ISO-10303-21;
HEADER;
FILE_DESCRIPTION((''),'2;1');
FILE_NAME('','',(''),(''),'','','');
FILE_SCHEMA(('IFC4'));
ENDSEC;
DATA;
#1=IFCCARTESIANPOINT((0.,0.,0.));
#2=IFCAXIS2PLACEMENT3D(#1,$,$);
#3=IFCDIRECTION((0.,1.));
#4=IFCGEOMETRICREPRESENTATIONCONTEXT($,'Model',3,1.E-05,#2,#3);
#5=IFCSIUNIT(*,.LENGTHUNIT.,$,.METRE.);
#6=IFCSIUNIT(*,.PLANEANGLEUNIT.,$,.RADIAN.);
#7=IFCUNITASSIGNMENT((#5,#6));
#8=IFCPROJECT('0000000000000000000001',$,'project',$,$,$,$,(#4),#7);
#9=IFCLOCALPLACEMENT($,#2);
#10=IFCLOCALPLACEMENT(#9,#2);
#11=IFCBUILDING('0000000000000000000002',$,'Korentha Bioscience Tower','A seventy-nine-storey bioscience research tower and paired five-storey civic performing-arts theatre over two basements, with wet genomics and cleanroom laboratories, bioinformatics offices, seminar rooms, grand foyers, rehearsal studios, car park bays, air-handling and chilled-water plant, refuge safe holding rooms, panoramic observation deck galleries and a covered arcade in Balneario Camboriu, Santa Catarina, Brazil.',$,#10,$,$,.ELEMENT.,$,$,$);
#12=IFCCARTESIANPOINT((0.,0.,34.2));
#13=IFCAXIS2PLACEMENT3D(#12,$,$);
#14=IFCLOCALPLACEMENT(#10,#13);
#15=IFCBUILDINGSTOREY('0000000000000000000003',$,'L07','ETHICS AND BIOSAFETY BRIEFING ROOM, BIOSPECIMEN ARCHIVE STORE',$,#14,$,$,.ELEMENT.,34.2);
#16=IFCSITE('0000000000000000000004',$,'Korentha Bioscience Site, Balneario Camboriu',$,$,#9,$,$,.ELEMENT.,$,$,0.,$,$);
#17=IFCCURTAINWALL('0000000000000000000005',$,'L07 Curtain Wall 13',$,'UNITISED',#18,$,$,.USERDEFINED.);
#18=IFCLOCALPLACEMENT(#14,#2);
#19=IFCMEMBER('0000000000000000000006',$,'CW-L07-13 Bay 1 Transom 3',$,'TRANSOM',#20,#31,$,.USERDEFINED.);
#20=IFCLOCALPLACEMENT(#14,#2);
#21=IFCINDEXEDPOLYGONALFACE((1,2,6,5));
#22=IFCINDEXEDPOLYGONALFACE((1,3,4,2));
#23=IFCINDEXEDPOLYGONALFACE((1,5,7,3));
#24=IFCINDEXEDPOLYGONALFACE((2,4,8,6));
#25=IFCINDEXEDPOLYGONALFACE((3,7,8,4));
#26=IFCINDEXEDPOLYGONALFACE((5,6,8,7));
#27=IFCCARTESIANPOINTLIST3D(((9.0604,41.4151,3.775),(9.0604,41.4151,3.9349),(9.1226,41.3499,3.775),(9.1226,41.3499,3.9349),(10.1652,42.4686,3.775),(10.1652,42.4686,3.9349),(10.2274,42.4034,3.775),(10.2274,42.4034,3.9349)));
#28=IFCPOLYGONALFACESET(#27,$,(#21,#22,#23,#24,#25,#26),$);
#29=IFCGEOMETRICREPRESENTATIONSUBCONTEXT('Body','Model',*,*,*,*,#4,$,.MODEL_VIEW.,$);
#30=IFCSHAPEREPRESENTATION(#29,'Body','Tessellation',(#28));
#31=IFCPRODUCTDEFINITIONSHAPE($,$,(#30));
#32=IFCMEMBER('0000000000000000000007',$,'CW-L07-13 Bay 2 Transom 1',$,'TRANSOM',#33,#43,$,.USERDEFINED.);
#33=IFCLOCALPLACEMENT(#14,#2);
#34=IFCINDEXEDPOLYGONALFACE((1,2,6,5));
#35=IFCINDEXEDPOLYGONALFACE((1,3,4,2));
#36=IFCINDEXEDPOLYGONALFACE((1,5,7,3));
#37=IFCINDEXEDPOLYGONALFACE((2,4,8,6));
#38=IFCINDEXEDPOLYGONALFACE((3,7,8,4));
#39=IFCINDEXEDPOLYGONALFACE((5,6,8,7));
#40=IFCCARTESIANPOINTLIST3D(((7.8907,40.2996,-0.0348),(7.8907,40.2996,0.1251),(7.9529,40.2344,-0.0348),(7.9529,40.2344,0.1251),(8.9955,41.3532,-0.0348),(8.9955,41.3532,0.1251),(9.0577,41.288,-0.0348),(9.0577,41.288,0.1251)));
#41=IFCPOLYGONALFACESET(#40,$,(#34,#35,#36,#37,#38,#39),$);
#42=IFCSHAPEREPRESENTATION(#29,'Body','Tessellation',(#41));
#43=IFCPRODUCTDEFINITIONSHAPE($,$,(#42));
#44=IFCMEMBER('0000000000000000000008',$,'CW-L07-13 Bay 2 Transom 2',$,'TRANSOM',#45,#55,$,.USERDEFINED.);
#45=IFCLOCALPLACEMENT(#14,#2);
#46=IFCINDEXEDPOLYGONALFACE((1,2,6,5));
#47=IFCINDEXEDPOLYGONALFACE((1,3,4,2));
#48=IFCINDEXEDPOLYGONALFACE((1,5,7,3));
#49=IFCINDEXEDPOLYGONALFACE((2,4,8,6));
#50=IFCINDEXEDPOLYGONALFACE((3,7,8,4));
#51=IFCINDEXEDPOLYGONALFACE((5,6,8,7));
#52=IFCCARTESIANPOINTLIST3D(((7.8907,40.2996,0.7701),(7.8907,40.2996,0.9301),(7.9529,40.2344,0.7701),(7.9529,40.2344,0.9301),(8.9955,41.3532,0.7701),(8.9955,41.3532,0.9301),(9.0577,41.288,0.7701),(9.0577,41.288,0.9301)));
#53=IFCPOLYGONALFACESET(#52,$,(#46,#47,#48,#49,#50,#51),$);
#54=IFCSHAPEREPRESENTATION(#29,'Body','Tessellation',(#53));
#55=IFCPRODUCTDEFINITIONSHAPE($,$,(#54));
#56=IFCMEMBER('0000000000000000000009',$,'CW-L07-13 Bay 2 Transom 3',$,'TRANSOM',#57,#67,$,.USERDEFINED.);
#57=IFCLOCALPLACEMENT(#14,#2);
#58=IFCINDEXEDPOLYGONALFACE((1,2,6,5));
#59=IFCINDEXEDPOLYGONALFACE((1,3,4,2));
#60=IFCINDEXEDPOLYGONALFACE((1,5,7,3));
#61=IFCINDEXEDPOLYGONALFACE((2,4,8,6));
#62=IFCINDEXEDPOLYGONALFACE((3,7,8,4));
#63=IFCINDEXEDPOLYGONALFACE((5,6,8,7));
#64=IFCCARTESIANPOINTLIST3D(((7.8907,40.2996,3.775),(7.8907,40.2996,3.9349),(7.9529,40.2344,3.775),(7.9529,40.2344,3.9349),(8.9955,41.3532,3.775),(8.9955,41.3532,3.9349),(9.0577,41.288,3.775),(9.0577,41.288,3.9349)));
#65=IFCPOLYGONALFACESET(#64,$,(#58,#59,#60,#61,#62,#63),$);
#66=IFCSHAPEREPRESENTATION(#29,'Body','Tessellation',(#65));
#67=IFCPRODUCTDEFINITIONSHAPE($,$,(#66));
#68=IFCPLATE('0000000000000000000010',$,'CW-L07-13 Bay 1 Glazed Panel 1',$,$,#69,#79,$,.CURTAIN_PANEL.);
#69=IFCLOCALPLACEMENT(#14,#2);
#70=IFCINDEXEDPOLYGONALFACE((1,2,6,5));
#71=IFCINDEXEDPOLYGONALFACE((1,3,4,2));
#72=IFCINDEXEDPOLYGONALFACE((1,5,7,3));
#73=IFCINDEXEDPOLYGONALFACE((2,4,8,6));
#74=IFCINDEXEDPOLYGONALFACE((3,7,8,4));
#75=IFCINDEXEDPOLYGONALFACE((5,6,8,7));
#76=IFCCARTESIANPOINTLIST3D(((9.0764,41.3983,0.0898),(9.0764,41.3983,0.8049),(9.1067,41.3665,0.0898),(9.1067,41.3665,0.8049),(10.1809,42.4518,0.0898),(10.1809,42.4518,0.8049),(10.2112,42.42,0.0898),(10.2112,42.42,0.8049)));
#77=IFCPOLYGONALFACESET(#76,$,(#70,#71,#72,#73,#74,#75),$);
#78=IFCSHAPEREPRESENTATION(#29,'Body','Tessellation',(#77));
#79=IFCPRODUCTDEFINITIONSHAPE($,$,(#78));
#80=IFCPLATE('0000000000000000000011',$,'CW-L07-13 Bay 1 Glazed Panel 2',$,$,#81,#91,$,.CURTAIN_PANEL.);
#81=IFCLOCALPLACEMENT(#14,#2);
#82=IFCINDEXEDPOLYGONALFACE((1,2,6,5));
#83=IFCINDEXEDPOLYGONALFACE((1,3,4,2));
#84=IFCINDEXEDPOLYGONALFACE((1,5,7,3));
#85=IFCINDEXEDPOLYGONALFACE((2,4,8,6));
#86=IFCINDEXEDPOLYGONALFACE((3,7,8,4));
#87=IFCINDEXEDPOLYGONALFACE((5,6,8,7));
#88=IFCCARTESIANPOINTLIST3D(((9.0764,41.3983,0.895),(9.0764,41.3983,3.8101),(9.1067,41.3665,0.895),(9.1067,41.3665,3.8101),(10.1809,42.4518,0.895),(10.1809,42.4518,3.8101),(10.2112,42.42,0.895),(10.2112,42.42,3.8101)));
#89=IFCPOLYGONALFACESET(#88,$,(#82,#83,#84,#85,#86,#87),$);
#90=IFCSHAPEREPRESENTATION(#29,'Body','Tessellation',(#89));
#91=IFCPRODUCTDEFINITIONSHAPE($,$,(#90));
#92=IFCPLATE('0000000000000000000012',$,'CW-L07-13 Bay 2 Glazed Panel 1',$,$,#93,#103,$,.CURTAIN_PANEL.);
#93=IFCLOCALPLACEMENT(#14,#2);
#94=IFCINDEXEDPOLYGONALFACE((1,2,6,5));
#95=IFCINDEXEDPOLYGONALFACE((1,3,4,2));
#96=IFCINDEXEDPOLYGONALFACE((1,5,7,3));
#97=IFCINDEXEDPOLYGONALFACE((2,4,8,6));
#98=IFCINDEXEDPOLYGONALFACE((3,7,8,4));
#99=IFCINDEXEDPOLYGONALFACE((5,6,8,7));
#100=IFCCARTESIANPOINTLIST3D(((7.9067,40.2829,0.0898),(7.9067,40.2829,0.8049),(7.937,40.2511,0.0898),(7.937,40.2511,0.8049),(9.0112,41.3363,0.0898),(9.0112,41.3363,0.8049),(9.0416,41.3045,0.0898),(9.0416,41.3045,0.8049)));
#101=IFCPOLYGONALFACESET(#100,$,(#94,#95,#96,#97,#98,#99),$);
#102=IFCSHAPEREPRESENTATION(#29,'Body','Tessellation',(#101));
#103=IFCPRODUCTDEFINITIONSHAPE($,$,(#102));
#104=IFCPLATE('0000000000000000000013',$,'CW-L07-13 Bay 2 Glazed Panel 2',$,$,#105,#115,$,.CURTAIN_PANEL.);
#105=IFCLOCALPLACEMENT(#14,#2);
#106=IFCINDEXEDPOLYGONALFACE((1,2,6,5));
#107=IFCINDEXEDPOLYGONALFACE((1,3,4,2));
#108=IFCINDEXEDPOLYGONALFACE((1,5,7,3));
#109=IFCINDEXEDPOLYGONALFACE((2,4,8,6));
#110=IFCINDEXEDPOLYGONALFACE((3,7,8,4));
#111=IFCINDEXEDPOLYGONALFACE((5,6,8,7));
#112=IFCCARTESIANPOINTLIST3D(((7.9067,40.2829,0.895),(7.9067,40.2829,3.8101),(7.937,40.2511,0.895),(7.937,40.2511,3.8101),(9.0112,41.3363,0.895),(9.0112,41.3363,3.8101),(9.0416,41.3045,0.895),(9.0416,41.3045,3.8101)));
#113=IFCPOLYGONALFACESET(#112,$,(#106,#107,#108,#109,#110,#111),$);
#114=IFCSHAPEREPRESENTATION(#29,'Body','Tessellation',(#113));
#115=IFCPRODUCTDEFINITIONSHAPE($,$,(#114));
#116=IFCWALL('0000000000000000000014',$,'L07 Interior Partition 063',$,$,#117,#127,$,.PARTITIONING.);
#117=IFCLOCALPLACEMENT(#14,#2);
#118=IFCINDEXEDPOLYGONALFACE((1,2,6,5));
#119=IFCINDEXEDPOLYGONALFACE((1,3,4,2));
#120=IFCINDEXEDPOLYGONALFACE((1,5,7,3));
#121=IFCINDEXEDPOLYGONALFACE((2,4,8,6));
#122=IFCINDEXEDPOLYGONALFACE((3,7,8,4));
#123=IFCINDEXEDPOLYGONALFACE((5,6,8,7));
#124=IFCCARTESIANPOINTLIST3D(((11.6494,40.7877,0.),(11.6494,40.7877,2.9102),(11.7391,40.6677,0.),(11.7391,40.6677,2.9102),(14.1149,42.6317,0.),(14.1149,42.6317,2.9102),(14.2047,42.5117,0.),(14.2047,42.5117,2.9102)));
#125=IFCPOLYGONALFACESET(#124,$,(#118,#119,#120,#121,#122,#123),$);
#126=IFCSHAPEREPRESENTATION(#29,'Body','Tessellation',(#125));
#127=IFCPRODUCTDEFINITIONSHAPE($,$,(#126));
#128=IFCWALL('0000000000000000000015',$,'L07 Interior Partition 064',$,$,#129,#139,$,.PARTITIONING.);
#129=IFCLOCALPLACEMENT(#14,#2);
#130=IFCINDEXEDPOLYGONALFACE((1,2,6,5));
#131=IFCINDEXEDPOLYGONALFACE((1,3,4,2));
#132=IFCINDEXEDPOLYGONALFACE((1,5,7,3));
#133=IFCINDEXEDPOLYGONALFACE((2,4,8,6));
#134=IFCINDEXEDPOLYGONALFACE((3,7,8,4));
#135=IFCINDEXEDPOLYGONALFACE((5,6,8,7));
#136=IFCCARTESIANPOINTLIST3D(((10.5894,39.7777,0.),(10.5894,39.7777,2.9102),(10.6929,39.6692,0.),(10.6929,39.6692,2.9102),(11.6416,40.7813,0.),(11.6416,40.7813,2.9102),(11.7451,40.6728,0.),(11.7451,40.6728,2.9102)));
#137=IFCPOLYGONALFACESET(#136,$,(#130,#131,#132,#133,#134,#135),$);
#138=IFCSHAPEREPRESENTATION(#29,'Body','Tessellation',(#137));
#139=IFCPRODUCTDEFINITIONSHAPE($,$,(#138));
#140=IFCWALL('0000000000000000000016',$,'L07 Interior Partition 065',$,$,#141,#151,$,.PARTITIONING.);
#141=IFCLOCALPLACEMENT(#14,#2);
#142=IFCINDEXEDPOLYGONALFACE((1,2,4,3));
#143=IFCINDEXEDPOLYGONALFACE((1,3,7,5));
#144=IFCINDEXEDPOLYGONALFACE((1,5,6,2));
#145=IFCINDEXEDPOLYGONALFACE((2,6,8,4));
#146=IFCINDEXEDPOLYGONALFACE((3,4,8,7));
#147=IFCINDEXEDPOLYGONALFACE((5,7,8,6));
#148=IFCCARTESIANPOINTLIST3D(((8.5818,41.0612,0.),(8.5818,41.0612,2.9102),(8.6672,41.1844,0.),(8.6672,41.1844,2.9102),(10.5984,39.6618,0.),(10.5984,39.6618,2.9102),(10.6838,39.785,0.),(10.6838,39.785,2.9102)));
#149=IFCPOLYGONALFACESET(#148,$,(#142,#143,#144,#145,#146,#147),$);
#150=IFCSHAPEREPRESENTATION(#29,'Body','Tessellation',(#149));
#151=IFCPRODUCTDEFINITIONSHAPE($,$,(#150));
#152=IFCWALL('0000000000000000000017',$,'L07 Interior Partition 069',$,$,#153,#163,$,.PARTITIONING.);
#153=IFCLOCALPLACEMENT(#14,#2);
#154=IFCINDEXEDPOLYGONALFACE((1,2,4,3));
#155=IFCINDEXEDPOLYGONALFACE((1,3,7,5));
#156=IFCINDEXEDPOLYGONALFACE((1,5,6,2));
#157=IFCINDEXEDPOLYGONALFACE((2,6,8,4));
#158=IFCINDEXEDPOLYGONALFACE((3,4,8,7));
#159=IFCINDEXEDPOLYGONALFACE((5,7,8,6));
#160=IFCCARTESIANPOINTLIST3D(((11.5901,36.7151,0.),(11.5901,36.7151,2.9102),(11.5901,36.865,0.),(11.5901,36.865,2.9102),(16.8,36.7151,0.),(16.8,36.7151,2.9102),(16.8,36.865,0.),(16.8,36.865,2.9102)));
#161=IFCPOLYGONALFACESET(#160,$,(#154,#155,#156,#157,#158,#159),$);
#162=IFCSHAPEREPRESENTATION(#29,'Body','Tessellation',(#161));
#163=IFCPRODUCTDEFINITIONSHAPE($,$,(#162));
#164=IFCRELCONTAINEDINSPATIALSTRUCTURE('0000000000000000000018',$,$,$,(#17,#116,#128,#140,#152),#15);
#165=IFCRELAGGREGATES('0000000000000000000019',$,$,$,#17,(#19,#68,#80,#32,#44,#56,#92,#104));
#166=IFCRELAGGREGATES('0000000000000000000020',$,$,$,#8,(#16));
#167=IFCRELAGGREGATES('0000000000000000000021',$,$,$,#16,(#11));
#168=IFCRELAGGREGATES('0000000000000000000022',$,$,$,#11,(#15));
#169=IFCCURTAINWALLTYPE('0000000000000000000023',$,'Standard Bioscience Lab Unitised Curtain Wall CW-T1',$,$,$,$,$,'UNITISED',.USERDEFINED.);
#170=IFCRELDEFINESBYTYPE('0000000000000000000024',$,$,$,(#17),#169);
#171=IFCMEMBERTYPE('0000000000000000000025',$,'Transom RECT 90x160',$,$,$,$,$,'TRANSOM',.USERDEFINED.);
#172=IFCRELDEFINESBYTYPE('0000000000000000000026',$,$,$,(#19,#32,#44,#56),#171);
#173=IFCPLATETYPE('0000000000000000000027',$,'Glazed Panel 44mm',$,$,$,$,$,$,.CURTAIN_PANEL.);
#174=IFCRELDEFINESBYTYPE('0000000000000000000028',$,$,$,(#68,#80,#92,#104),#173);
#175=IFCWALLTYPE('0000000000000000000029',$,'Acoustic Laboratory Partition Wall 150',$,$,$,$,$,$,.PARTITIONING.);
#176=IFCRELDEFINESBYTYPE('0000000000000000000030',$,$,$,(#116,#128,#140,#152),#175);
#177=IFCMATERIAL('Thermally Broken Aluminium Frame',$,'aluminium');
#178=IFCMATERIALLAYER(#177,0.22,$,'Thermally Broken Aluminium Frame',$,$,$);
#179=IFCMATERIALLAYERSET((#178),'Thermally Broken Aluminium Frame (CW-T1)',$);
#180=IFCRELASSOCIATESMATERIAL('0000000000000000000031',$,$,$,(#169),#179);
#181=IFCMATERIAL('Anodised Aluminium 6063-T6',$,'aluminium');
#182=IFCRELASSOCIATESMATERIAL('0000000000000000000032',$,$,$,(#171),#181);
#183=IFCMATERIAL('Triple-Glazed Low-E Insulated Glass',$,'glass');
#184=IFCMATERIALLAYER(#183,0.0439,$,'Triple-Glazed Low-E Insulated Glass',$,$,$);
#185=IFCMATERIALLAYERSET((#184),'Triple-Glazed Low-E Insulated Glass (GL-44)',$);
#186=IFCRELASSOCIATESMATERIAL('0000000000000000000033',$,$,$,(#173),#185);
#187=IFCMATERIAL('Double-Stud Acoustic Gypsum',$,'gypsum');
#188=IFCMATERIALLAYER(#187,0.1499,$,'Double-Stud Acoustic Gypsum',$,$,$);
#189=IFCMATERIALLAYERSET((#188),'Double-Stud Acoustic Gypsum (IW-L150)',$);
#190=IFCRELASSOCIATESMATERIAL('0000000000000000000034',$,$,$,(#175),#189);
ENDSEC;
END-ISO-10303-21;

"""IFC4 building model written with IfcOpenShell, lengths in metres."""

from ifc_helpers import new_model, si_unit, direction, frame, frame_2d, origin, origin_2d, place, context, subcontext, project, spatial, rectangle, extrude, material, layer, layer_set, material_profile, profile_set, type_object, element, aggregate, save


model = new_model("IFC4")

# Units and contexts
model_context = context("Model", 3, precision=1e-05, world=origin(), true_north=direction((0.0, 1.0)))
body_context = subcontext(model_context, "Body", "Model", "MODEL_VIEW")
ifc_project = project(units=[si_unit("LENGTHUNIT", "METRE"), si_unit("PLANEANGLEUNIT", "RADIAN")], contexts=[model_context])

# Site, building, storey
site_placement = place(None, origin())
site = spatial("IfcSite", under=ifc_project, at=site_placement, Name="Korentha Bioscience Site, Balneario Camboriu", CompositionType="ELEMENT", RefElevation=0.0)
building_placement = place(site_placement, origin())
building = spatial("IfcBuilding", under=site, at=building_placement, Name="Korentha Bioscience Tower", Description="A seventy-nine-storey bioscience research tower and paired five-storey civic performing-arts theatre over two basements, with wet genomics and cleanroom laboratories, bioinformatics offices, seminar rooms, grand foyers, rehearsal studios, car park bays, air-handling and chilled-water plant, refuge safe holding rooms, panoramic observation deck galleries and a covered arcade in Balneario Camboriu, Santa Catarina, Brazil.", CompositionType="ELEMENT")
storey_placement = place(building_placement, frame((0.0, 0.0, 34.2)))
storey = spatial("IfcBuildingStorey", under=building, at=storey_placement, Name="L07", Description="ETHICS AND BIOSAFETY BRIEFING ROOM, BIOSPECIMEN ARCHIVE STORE", CompositionType="ELEMENT", Elevation=34.2)

# Curtain wall
ifc_material_1 = material(Name="Thermally Broken Aluminium Frame", Category="aluminium")
ifc_layer_1 = layer(ifc_material_1, 0.22, Name="Thermally Broken Aluminium Frame")
ifc_layer_set_1 = layer_set([ifc_layer_1], Name="Thermally Broken Aluminium Frame (CW-T1)")
curtain_wall_type = type_object("IfcCurtainWallType", Name="Standard Bioscience Lab Unitised Curtain Wall CW-T1", ElementType="UNITISED", PredefinedType="USERDEFINED", material=ifc_layer_set_1)
curtain_wall_placement = place(storey_placement, origin())
curtain_wall = element("IfcCurtainWall", 1, at=curtain_wall_placement, inside=storey, type_object=curtain_wall_type, Name="L07 Curtain Wall 13", ObjectType="UNITISED", PredefinedType="USERDEFINED")
ifc_material_2 = material(Name="Anodised Aluminium 6063-T6", Category="aluminium")

# Members
ifc_material_profile_1 = material_profile(ifc_material_2, rectangle(XDim=0.0901, YDim=0.1599, at=origin_2d()), Name="Anodised Aluminium 6063-T6")
ifc_profile_set_1 = profile_set([ifc_material_profile_1], Name="Anodised Aluminium 6063-T6 (CW-TRN)")
member_type_1 = type_object("IfcMemberType", Name="Transom RECT 90x160", ElementType="TRANSOM", PredefinedType="USERDEFINED", material=ifc_profile_set_1)
member_1_placement = place(storey_placement, frame((10.1963, 42.436, 3.855), z_axis=(-0.7237, -0.690114, 0.0), x_axis=(0.690114, -0.7237, 0.0)))
member_1 = element("IfcMember", 2, at=member_1_placement, type_object=member_type_1, Name="CW-L07-13 Bay 1 Transom 3", ObjectType="TRANSOM", PredefinedType="USERDEFINED", context=body_context, shape_type="SweptSolid", body=[
    extrude(rectangle(XDim=0.0901, YDim=0.1599, at=origin_2d()), origin(), (0.0, 0.0, 1.0), 1.5266),
])
member_2_placement = place(storey_placement, frame((9.0266, 41.3206, 0.0452), z_axis=(-0.7237, -0.690114, 0.0), x_axis=(0.690114, -0.7237, 0.0)))
member_2 = element("IfcMember", 3, at=member_2_placement, type_object=member_type_1, Name="CW-L07-13 Bay 2 Transom 1", ObjectType="TRANSOM", PredefinedType="USERDEFINED", context=body_context, shape_type="SweptSolid", body=[
    extrude(rectangle(XDim=0.0901, YDim=0.1599, at=origin_2d()), origin(), (0.0, 0.0, 1.0), 1.5266),
])
member_3_placement = place(storey_placement, frame((9.0266, 41.3206, 0.8501), z_axis=(-0.7237, -0.690114, 0.0), x_axis=(0.690114, -0.7237, 0.0)))
member_3 = element("IfcMember", 4, at=member_3_placement, type_object=member_type_1, Name="CW-L07-13 Bay 2 Transom 2", ObjectType="TRANSOM", PredefinedType="USERDEFINED", context=body_context, shape_type="SweptSolid", body=[
    extrude(rectangle(XDim=0.0901, YDim=0.1599, at=origin_2d()), origin(), (0.0, 0.0, 1.0), 1.5266),
])
member_4_placement = place(storey_placement, frame((9.0266, 41.3206, 3.855), z_axis=(-0.7237, -0.690114, 0.0), x_axis=(0.690114, -0.7237, 0.0)))
member_4 = element("IfcMember", 5, at=member_4_placement, type_object=member_type_1, Name="CW-L07-13 Bay 2 Transom 3", ObjectType="TRANSOM", PredefinedType="USERDEFINED", context=body_context, shape_type="SweptSolid", body=[
    extrude(rectangle(XDim=0.0901, YDim=0.1599, at=origin_2d()), origin(), (0.0, 0.0, 1.0), 1.5266),
])

# Plates
ifc_material_3 = material(Name="Triple-Glazed Low-E Insulated Glass", Category="glass")
ifc_layer_2 = layer(ifc_material_3, 0.0439, Name="Triple-Glazed Low-E Insulated Glass")
ifc_layer_set_2 = layer_set([ifc_layer_2], Name="Triple-Glazed Low-E Insulated Glass (GL-44)")
plate_type = type_object("IfcPlateType", Name="Glazed Panel 44mm", PredefinedType="CURTAIN_PANEL", material=ifc_layer_set_2)
plate_1_placement = place(storey_placement, frame((9.6438, 41.9092, 0.0898), z_axis=(0.0, 0.0, 1.0), x_axis=(-0.723642, -0.690176, 0.0)))
plate_1 = element("IfcPlate", 6, at=plate_1_placement, type_object=plate_type, Name="CW-L07-13 Bay 1 Glazed Panel 1", PredefinedType="CURTAIN_PANEL", context=body_context, shape_type="SweptSolid", body=[
    extrude(rectangle(XDim=1.5264, YDim=0.0439, at=origin_2d()), origin(), (0.0, 0.0, 1.0), 0.7151),
])
plate_2_placement = place(storey_placement, frame((9.6438, 41.9092, 0.895), z_axis=(0.0, 0.0, 1.0), x_axis=(-0.723642, -0.690176, 0.0)))
plate_2 = element("IfcPlate", 7, at=plate_2_placement, type_object=plate_type, Name="CW-L07-13 Bay 1 Glazed Panel 2", PredefinedType="CURTAIN_PANEL", context=body_context, shape_type="SweptSolid", body=[
    extrude(rectangle(XDim=1.5264, YDim=0.0439, at=origin_2d()), origin(), (0.0, 0.0, 1.0), 2.915),
])
plate_3_placement = place(storey_placement, frame((8.4741, 40.7937, 0.0898), z_axis=(0.0, 0.0, 1.0), x_axis=(-0.723642, -0.690176, 0.0)))
plate_3 = element("IfcPlate", 8, at=plate_3_placement, type_object=plate_type, Name="CW-L07-13 Bay 2 Glazed Panel 1", PredefinedType="CURTAIN_PANEL", context=body_context, shape_type="SweptSolid", body=[
    extrude(rectangle(XDim=1.5264, YDim=0.0439, at=origin_2d()), origin(), (0.0, 0.0, 1.0), 0.7151),
])
plate_4_placement = place(storey_placement, frame((8.4741, 40.7937, 0.895), z_axis=(0.0, 0.0, 1.0), x_axis=(-0.723642, -0.690176, 0.0)))
plate_4 = element("IfcPlate", 9, at=plate_4_placement, type_object=plate_type, Name="CW-L07-13 Bay 2 Glazed Panel 2", PredefinedType="CURTAIN_PANEL", context=body_context, shape_type="SweptSolid", body=[
    extrude(rectangle(XDim=1.5264, YDim=0.0439, at=origin_2d()), origin(), (0.0, 0.0, 1.0), 2.915),
])
aggregate(curtain_wall, [member_1, plate_1, plate_2, member_2, member_3, member_4, plate_3, plate_4])

# Walls
ifc_material_4 = material(Name="Double-Stud Acoustic Gypsum", Category="gypsum")
ifc_layer_3 = layer(ifc_material_4, 0.1499, Name="Double-Stud Acoustic Gypsum")
ifc_layer_set_3 = layer_set([ifc_layer_3], Name="Double-Stud Acoustic Gypsum (IW-L150)")
wall_type_1 = type_object("IfcWallType", Name="Acoustic Laboratory Partition Wall 150", PredefinedType="PARTITIONING", material=ifc_layer_set_3)
wall_1_placement = place(storey_placement, frame((14.1599, 42.5718, 0.0), z_axis=(0.0, 0.0, 1.0), x_axis=(-0.800808, -0.598921, 0.0)))
element("IfcWall", 10, at=wall_1_placement, inside=storey, type_object=wall_type_1, Name="L07 Interior Partition 063", PredefinedType="PARTITIONING", context=body_context, shape_type="SweptSolid", body=[
    extrude(rectangle(XDim=3.0789, YDim=0.1499, at=frame_2d((1.5396, 0.0))), origin(), (0.0, 0.0, 1.0), 2.9102),
])
wall_2_placement = place(storey_placement, frame((11.6934, 40.7271, 0.0), z_axis=(0.0, 0.0, 1.0), x_axis=(-0.723615, -0.690204, 0.0)))
element("IfcWall", 11, at=wall_2_placement, inside=storey, type_object=wall_type_1, Name="L07 Interior Partition 064", PredefinedType="PARTITIONING", context=body_context, shape_type="SweptSolid", body=[
    extrude(rectangle(XDim=1.4541, YDim=0.1499, at=frame_2d((0.7271, 0.0))), origin(), (0.0, 0.0, 1.0), 2.9102),
])
wall_3_placement = place(storey_placement, frame((10.6411, 39.7234, 0.0), z_axis=(0.0, 0.0, 1.0), x_axis=(-0.821561, 0.57012, 0.0)))
element("IfcWall", 12, at=wall_3_placement, inside=storey, type_object=wall_type_1, Name="L07 Interior Partition 065", PredefinedType="PARTITIONING", context=body_context, shape_type="SweptSolid", body=[
    extrude(rectangle(XDim=2.4546, YDim=0.1499, at=frame_2d((1.2273, 0.0))), origin(), (0.0, 0.0, 1.0), 2.9102),
])
wall_4_placement = place(storey_placement, frame((11.5901, 36.79, 0.0), z_axis=(0.0, 0.0, 1.0), x_axis=(1.0, 0.0, 0.0)))
element("IfcWall", 13, at=wall_4_placement, inside=storey, type_object=wall_type_1, Name="L07 Interior Partition 069", PredefinedType="PARTITIONING", context=body_context, shape_type="SweptSolid", body=[
    extrude(rectangle(XDim=5.21, YDim=0.1499, at=frame_2d((2.605, 0.0))), origin(), (0.0, 0.0, 1.0), 2.9102),
])

save(model, "model.ifc")
